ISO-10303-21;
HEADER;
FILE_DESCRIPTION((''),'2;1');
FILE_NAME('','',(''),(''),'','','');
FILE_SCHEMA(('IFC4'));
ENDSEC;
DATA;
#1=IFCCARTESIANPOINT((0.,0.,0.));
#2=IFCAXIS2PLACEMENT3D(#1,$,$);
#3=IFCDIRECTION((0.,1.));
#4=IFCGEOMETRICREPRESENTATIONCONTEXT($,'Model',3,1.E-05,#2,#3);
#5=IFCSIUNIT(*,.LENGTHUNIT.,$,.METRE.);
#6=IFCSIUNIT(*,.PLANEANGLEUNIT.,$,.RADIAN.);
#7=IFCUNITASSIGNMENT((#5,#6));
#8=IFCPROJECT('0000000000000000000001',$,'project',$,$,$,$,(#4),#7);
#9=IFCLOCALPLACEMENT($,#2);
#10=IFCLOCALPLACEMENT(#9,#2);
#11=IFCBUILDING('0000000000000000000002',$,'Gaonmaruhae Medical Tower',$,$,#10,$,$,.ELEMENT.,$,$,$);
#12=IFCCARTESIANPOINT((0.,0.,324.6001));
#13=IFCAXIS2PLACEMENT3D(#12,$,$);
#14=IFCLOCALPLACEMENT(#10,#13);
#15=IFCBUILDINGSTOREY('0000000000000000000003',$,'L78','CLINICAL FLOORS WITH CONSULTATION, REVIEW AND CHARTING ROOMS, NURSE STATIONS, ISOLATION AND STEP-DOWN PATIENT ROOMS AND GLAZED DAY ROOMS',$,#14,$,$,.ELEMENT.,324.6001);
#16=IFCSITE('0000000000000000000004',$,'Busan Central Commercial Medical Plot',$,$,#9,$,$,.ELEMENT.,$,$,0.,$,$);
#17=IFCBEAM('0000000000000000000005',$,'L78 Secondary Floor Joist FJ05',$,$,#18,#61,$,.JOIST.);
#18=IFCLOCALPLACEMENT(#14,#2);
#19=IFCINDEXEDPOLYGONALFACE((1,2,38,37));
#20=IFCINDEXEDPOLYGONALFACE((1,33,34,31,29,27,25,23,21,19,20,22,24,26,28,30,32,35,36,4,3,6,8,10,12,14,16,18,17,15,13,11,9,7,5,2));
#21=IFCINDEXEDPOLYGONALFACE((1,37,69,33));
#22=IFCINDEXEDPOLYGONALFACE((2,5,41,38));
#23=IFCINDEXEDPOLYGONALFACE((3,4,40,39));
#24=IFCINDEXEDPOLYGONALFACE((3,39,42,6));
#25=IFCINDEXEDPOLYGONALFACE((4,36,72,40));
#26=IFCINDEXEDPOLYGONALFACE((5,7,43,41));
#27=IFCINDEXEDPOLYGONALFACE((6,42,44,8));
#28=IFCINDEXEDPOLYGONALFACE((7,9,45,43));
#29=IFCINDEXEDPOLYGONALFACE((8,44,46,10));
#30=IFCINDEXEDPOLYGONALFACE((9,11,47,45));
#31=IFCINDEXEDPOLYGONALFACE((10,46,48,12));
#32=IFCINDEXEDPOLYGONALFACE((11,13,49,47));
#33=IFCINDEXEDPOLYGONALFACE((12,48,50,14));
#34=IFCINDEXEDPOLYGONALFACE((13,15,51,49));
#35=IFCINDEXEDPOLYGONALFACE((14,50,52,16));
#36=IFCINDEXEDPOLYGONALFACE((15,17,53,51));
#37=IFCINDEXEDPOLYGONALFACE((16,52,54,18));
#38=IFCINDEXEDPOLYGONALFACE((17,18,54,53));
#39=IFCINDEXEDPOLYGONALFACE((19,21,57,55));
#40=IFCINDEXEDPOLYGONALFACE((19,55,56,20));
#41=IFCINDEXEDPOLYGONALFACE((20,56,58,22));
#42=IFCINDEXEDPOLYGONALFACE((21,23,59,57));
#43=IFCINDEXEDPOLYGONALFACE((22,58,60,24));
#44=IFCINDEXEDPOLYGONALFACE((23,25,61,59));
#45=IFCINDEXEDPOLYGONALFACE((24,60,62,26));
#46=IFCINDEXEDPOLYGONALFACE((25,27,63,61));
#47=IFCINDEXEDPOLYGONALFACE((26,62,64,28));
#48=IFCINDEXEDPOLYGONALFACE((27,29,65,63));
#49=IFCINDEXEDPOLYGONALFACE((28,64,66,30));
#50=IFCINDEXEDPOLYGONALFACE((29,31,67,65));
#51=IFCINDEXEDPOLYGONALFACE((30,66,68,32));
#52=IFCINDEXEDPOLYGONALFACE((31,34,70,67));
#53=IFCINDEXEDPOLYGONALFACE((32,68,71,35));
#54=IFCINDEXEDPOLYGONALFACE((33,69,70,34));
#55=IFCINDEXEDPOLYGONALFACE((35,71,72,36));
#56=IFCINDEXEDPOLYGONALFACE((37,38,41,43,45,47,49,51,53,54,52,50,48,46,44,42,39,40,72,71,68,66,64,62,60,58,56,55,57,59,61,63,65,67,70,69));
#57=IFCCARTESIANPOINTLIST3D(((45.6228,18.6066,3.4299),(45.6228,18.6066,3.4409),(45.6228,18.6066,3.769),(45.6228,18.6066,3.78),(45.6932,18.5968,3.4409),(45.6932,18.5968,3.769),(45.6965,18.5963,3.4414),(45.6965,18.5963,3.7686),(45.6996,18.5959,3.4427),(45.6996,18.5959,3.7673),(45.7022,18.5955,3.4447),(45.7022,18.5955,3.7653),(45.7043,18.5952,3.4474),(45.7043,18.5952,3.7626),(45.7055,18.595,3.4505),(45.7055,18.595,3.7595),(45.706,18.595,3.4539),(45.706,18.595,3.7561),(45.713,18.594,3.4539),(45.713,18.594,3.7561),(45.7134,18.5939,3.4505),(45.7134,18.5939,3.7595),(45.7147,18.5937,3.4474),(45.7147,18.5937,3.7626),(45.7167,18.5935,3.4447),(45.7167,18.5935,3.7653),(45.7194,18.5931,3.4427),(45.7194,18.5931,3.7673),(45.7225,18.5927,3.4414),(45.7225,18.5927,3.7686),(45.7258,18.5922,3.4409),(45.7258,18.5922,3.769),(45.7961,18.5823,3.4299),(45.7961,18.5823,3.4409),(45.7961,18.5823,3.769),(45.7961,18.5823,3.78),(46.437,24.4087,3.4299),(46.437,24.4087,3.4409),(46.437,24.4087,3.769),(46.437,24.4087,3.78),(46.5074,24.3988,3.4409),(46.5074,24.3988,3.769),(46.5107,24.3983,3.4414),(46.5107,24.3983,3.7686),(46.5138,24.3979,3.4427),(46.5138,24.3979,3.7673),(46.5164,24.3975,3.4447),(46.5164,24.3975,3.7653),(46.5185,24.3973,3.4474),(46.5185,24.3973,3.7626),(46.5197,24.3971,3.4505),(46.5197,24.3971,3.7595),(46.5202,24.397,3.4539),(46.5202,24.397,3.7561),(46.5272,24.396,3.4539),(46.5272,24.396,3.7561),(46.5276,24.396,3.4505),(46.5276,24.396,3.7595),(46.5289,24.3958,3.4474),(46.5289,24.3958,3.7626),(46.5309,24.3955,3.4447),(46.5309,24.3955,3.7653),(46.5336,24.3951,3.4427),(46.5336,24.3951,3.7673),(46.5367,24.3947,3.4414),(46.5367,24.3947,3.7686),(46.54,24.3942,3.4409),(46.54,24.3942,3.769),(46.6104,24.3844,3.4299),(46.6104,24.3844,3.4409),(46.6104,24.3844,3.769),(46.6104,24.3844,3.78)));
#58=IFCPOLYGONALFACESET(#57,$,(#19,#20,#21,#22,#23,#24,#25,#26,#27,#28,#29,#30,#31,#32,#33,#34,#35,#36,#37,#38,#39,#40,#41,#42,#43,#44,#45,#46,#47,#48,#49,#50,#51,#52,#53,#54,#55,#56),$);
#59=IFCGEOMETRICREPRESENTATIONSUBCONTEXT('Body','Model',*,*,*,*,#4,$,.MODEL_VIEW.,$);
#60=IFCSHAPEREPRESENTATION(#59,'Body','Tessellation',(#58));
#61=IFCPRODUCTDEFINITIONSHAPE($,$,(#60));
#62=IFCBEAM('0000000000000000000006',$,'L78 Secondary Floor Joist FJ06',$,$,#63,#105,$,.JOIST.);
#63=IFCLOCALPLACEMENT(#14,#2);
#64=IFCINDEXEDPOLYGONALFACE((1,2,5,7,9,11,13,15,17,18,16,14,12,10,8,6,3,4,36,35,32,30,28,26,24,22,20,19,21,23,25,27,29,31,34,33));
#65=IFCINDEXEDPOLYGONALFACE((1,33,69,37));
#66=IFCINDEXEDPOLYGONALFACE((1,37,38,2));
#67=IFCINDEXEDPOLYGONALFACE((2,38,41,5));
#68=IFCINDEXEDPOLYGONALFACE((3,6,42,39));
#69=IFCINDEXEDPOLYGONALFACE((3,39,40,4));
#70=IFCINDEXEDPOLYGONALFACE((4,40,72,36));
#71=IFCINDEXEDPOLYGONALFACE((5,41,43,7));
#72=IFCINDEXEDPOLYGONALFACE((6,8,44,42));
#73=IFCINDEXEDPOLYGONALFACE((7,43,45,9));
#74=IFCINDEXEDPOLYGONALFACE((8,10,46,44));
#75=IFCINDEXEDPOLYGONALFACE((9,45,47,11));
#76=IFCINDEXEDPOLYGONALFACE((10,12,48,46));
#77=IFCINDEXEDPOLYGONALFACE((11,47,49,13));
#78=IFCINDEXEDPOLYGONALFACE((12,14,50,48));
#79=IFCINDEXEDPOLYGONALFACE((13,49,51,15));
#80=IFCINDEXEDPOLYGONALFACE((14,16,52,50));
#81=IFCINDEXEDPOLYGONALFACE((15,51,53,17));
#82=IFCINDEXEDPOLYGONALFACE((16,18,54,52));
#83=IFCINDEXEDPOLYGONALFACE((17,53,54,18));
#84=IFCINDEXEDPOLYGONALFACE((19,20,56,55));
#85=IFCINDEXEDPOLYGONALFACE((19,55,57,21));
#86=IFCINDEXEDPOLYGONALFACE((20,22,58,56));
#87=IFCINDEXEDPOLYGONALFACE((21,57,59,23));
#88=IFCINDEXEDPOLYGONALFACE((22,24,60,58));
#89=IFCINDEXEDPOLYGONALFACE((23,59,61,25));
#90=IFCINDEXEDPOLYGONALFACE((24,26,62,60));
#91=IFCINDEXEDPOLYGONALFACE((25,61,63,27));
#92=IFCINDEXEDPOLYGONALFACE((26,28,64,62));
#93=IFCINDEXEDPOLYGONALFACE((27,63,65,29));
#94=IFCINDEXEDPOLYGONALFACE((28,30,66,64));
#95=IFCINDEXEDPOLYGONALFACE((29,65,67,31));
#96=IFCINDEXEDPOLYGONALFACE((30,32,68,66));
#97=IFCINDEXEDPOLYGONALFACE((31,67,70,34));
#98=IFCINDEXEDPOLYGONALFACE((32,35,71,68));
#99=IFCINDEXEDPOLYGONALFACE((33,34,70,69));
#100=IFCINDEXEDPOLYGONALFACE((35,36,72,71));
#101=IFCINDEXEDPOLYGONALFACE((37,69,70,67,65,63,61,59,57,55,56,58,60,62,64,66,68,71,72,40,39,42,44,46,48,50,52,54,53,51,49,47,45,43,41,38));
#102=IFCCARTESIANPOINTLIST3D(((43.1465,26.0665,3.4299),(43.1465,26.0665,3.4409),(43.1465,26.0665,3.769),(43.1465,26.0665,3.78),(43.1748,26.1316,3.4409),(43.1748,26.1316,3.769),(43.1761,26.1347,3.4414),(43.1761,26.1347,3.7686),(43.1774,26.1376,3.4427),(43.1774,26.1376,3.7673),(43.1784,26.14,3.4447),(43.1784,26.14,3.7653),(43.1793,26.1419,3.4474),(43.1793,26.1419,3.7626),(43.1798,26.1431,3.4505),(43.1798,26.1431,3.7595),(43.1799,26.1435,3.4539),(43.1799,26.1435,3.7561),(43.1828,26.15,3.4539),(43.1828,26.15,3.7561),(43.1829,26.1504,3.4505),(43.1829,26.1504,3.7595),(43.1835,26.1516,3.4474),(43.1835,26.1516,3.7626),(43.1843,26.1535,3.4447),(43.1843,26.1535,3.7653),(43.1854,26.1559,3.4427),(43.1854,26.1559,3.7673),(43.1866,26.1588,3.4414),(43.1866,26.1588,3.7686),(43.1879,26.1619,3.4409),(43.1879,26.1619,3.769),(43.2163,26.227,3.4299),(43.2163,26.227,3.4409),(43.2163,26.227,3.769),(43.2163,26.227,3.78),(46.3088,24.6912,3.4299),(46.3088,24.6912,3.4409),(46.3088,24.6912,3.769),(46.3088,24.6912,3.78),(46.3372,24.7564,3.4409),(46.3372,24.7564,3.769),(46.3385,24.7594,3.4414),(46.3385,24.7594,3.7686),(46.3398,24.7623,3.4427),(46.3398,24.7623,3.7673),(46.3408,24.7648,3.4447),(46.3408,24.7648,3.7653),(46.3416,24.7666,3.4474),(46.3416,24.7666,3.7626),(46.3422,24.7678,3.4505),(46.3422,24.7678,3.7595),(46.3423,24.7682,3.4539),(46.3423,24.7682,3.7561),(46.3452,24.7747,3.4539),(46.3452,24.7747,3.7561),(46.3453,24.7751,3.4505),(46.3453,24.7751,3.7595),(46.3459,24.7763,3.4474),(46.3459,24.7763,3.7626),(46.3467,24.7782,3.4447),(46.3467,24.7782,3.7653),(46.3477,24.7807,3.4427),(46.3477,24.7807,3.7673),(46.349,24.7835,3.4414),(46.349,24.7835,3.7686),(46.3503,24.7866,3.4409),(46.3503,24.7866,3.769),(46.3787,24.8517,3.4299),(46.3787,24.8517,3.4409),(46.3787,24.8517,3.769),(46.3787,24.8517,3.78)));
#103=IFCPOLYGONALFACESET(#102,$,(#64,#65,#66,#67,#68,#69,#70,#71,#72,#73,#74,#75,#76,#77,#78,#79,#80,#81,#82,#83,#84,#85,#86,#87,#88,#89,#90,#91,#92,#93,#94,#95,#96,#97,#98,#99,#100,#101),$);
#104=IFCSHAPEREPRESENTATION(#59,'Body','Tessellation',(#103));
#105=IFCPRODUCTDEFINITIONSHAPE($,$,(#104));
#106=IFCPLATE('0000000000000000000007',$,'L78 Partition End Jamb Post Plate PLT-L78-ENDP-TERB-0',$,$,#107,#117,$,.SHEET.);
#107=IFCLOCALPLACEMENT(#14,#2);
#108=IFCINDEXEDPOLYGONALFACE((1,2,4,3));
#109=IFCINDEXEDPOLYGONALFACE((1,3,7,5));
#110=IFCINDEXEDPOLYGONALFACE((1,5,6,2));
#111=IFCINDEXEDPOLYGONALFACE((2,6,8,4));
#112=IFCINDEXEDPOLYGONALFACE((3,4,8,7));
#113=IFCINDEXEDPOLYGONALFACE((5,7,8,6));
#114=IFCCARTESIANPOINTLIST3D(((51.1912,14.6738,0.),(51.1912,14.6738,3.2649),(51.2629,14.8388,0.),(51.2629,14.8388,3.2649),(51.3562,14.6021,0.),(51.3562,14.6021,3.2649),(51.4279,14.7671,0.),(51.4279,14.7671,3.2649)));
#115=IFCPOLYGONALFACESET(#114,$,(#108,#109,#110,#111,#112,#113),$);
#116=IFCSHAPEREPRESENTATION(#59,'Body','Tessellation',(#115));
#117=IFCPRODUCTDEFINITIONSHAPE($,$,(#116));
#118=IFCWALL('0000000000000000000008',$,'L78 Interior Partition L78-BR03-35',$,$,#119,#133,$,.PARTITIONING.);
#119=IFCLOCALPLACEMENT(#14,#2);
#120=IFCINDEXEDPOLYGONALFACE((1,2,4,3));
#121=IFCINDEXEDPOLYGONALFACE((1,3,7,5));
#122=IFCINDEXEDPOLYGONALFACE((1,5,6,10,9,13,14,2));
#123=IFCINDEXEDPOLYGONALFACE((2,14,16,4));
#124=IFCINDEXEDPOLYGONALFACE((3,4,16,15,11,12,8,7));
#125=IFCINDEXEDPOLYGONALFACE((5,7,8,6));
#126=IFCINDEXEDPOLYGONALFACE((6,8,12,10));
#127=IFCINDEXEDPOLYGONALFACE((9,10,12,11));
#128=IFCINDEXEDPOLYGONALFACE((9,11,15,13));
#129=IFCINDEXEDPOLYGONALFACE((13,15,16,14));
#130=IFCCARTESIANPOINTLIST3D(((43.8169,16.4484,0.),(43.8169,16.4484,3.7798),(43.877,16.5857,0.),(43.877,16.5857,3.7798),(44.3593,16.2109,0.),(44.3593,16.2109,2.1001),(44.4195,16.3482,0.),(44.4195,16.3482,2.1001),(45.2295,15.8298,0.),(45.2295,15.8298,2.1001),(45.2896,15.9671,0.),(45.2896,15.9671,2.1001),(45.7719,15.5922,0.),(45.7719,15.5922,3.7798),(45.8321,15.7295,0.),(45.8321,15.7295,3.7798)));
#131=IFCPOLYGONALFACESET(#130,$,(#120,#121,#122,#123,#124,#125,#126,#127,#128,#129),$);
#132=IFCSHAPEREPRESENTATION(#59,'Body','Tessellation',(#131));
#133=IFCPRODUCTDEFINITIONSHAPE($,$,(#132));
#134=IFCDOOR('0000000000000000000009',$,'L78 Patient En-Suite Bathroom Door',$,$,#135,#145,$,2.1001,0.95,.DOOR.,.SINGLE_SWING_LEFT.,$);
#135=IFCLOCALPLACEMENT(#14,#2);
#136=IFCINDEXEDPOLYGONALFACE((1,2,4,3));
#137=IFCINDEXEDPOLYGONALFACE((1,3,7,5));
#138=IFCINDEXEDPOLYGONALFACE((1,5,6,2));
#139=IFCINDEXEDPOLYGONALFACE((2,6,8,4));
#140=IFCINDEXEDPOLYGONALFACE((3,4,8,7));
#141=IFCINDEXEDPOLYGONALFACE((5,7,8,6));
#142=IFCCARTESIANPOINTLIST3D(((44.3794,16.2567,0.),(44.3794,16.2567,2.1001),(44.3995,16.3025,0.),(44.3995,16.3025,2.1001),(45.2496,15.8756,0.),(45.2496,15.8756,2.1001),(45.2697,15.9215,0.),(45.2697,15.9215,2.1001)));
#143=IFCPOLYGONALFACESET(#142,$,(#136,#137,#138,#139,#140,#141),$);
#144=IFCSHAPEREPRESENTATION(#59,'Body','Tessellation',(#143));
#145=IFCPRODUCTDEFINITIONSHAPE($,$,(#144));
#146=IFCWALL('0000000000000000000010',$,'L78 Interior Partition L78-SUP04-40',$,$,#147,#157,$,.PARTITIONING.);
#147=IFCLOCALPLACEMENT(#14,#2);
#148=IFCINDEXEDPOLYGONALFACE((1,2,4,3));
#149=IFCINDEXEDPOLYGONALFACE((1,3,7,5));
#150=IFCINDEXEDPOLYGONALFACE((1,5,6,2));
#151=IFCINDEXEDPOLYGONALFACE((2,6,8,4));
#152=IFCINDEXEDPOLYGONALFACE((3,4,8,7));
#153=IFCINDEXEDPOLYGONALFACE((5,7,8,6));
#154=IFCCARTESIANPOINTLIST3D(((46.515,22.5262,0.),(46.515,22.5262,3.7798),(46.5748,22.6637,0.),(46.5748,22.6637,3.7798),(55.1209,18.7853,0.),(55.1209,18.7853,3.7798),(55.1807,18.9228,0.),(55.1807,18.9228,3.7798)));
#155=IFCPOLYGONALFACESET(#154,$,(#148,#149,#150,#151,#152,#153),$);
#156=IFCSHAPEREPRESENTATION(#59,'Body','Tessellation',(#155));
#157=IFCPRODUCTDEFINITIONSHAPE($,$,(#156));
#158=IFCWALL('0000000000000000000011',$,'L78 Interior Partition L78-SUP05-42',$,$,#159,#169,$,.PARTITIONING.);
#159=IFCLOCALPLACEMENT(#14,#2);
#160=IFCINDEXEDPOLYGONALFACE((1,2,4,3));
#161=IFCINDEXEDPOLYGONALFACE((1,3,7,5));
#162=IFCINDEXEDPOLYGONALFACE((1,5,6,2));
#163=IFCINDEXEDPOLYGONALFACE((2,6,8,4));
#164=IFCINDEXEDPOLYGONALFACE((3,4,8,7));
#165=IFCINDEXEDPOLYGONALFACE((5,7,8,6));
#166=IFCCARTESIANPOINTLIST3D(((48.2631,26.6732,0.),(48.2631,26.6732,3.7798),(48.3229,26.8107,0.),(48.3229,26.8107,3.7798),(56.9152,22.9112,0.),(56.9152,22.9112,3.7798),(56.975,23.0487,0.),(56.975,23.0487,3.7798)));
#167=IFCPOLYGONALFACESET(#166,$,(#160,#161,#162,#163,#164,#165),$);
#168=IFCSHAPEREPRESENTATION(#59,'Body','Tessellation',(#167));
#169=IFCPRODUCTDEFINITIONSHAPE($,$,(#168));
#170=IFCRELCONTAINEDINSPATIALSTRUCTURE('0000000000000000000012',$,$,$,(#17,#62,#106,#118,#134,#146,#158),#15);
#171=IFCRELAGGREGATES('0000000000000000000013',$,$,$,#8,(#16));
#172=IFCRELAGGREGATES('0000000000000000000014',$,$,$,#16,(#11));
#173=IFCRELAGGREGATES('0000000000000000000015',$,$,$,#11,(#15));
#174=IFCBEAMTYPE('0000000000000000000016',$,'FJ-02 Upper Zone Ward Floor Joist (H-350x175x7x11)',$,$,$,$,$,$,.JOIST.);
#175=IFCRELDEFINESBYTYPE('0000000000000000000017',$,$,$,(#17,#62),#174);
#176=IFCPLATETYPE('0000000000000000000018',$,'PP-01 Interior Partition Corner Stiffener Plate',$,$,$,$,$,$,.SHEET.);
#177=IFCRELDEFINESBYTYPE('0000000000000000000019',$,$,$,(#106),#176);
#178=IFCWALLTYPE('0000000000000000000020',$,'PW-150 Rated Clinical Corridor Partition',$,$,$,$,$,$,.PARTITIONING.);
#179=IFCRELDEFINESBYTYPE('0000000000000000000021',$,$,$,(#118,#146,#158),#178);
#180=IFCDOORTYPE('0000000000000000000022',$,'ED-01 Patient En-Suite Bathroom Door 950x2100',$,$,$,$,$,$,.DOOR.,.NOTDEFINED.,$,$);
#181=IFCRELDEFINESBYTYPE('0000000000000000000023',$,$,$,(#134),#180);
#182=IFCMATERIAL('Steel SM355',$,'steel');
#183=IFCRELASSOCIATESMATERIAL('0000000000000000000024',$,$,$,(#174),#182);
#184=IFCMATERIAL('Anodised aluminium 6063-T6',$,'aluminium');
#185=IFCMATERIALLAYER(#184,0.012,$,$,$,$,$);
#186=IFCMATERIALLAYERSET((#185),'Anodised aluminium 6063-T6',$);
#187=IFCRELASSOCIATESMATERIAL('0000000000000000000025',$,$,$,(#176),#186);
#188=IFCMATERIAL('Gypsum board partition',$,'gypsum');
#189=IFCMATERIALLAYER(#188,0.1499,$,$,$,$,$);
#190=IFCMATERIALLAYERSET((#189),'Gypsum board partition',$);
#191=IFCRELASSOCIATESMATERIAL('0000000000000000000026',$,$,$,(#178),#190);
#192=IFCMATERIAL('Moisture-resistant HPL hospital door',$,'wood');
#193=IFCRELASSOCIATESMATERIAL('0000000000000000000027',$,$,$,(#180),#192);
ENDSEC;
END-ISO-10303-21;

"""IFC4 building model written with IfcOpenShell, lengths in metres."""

from ifc_helpers import new_model, si_unit, direction, frame, frame_2d, origin, origin_2d, place, context, subcontext, project, spatial, rectangle, i_section, extrude, material, layer, layer_set, material_profile, profile_set, type_object, element, fill, save


model = new_model("IFC4")

# Units and contexts
model_context = context("Model", 3, precision=1e-05, world=origin(), true_north=direction((0.0, 1.0)))
body_context = subcontext(model_context, "Body", "Model", "MODEL_VIEW")
ifc_project = project(units=[si_unit("LENGTHUNIT", "METRE"), si_unit("PLANEANGLEUNIT", "RADIAN")], contexts=[model_context])

# Site, building, storey
site_placement = place(None, origin())
site = spatial("IfcSite", under=ifc_project, at=site_placement, Name="Busan Central Commercial Medical Plot", CompositionType="ELEMENT", RefElevation=0.0)
building_placement = place(site_placement, origin())
building = spatial("IfcBuilding", under=site, at=building_placement, Name="Gaonmaruhae Medical Tower", CompositionType="ELEMENT")
storey_placement = place(building_placement, frame((0.0, 0.0, 324.6001)))
storey = spatial("IfcBuildingStorey", under=building, at=storey_placement, Name="L78", Description="CLINICAL FLOORS WITH CONSULTATION, REVIEW AND CHARTING ROOMS, NURSE STATIONS, ISOLATION AND STEP-DOWN PATIENT ROOMS AND GLAZED DAY ROOMS", CompositionType="ELEMENT", Elevation=324.6001)

# Beams
ifc_material_1 = material(Name="Steel SM355", Category="steel")
ifc_material_profile = material_profile(ifc_material_1, i_section(OverallWidth=0.175, OverallDepth=0.3501, WebThickness=0.0071, FlangeThickness=0.011, FilletRadius=0.0129, at=origin_2d()), Name="H-350x175x7x11")
ifc_profile_set = profile_set([ifc_material_profile], Name="Steel SM355")
beam_type = type_object("IfcBeamType", Name="FJ-02 Upper Zone Ward Floor Joist (H-350x175x7x11)", PredefinedType="JOIST", material=ifc_profile_set)
beam_1_placement = place(storey_placement, frame((45.7095, 18.5945, 3.605), z_axis=(0.138971, 0.990296, 0.0), x_axis=(-0.990296, 0.138971, 0.0)))
element("IfcBeam", 1, at=beam_1_placement, inside=storey, type_object=beam_type, Name="L78 Secondary Floor Joist FJ05", PredefinedType="JOIST", context=body_context, shape_type="SweptSolid", body=[
    extrude(i_section(OverallWidth=0.175, OverallDepth=0.3501, WebThickness=0.0071, FlangeThickness=0.011, FilletRadius=0.0129, at=origin_2d()), origin(), (0.0, 0.0, 1.0), 5.8589),
])
beam_2_placement = place(storey_placement, frame((46.3438, 24.7715, 3.605), z_axis=(-0.917037, 0.398801, 0.0), x_axis=(-0.398801, -0.917037, 0.0)))
element("IfcBeam", 2, at=beam_2_placement, inside=storey, type_object=beam_type, Name="L78 Secondary Floor Joist FJ06", PredefinedType="JOIST", context=body_context, shape_type="SweptSolid", body=[
    extrude(i_section(OverallWidth=0.175, OverallDepth=0.3501, WebThickness=0.0071, FlangeThickness=0.011, FilletRadius=0.0129, at=origin_2d()), origin(), (0.0, 0.0, 1.0), 3.4485),
])

# Plate
ifc_material_2 = material(Name="Anodised aluminium 6063-T6", Category="aluminium")
ifc_layer_1 = layer(ifc_material_2, 0.012)
ifc_layer_set_1 = layer_set([ifc_layer_1], Name="Anodised aluminium 6063-T6")
plate_type = type_object("IfcPlateType", Name="PP-01 Interior Partition Corner Stiffener Plate", PredefinedType="SHEET", material=ifc_layer_set_1)
plate_placement = place(storey_placement, frame((51.3096, 14.7205, 0.0), z_axis=(0.0, 0.0, 1.0), x_axis=(-0.398749, -0.91706, 0.0)))
element("IfcPlate", 3, at=plate_placement, inside=storey, type_object=plate_type, Name="L78 Partition End Jamb Post Plate PLT-L78-ENDP-TERB-0", PredefinedType="SHEET", context=body_context, shape_type="SweptSolid", body=[
    extrude(rectangle(XDim=0.1799, YDim=0.1799, at=origin_2d()), origin(), (0.0, 0.0, 1.0), 3.2649),
])

# Wall, opening, door
ifc_material_3 = material(Name="Gypsum board partition", Category="gypsum")
ifc_layer_2 = layer(ifc_material_3, 0.1499)
ifc_layer_set_2 = layer_set([ifc_layer_2], Name="Gypsum board partition")
wall_type_1 = type_object("IfcWallType", Name="PW-150 Rated Clinical Corridor Partition", PredefinedType="PARTITIONING", material=ifc_layer_set_2)
wall_1_placement = place(storey_placement, frame((45.802, 15.6609, 0.0), z_axis=(0.0, 0.0, 1.0), x_axis=(-0.91601, 0.401155, 0.0)))
wall_1 = element("IfcWall", 4, at=wall_1_placement, inside=storey, type_object=wall_type_1, Name="L78 Interior Partition L78-BR03-35", PredefinedType="PARTITIONING", context=body_context, shape_type="SweptSolid", body=[
    extrude(rectangle(XDim=2.1343, YDim=0.1499, at=frame_2d((1.0671, 0.0))), origin(), (0.0, 0.0, 1.0), 3.7798),
])
opening_1_placement = place(wall_1_placement, frame((0.592, 0.0, 0.0)))
opening_1 = element("IfcOpeningElement", 5, at=opening_1_placement, cuts=wall_1, PredefinedType="OPENING", context=body_context, shape_type="SweptSolid", body=[
    extrude(rectangle(XDim=0.95, YDim=2.1001, at=frame_2d((0.4751, 1.05))), frame((0.0, 0.085, 0.0), z_axis=(0.0, -1.0, 0.0), x_axis=(1.0, 0.0, 0.0)), (0.0, 0.0, 1.0), 0.1699),
])
ifc_material_4 = material(Name="Moisture-resistant HPL hospital door", Category="wood")
door_type_1 = type_object("IfcDoorType", Name="ED-01 Patient En-Suite Bathroom Door 950x2100", OperationType="NOTDEFINED", PredefinedType="DOOR", material=ifc_material_4)
door_1_placement = place(opening_1_placement, origin())
door_1 = element("IfcDoor", 6, at=door_1_placement, inside=storey, type_object=door_type_1, Name="L78 Patient En-Suite Bathroom Door", OperationType="SINGLE_SWING_LEFT", OverallHeight=2.1001, OverallWidth=0.95, PredefinedType="DOOR", context=body_context, shape_type="SweptSolid", body=[
    extrude(rectangle(XDim=0.95, YDim=2.1001, at=frame_2d((0.4751, 1.05))), frame((0.0, 0.0249, 0.0), z_axis=(0.0, -1.0, 0.0), x_axis=(1.0, 0.0, 0.0)), (0.0, 0.0, 1.0), 0.05),
])
fill(opening_1, door_1)

# Wall
wall_2_placement = place(storey_placement, frame((46.5449, 22.595, 0.0), z_axis=(0.0, 0.0, 1.0), x_axis=(0.917099, -0.398659, 0.0)))
element("IfcWall", 7, at=wall_2_placement, inside=storey, type_object=wall_type_1, Name="L78 Interior Partition L78-SUP04-40", PredefinedType="PARTITIONING", context=body_context, shape_type="SweptSolid", body=[
    extrude(rectangle(XDim=9.3838, YDim=0.1499, at=frame_2d((4.6919, 0.0))), origin(), (0.0, 0.0, 1.0), 3.7798),
])

# Wall
wall_3_placement = place(storey_placement, frame((48.293, 26.7419, 0.0), z_axis=(0.0, 0.0, 1.0), x_axis=(0.917063, -0.398742, 0.0)))
element("IfcWall", 8, at=wall_3_placement, inside=storey, type_object=wall_type_1, Name="L78 Interior Partition L78-SUP05-42", PredefinedType="PARTITIONING", context=body_context, shape_type="SweptSolid", body=[
    extrude(rectangle(XDim=9.4346, YDim=0.1499, at=frame_2d((4.7173, 0.0))), origin(), (0.0, 0.0, 1.0), 3.7798),
])

save(model, "model.ifc")
